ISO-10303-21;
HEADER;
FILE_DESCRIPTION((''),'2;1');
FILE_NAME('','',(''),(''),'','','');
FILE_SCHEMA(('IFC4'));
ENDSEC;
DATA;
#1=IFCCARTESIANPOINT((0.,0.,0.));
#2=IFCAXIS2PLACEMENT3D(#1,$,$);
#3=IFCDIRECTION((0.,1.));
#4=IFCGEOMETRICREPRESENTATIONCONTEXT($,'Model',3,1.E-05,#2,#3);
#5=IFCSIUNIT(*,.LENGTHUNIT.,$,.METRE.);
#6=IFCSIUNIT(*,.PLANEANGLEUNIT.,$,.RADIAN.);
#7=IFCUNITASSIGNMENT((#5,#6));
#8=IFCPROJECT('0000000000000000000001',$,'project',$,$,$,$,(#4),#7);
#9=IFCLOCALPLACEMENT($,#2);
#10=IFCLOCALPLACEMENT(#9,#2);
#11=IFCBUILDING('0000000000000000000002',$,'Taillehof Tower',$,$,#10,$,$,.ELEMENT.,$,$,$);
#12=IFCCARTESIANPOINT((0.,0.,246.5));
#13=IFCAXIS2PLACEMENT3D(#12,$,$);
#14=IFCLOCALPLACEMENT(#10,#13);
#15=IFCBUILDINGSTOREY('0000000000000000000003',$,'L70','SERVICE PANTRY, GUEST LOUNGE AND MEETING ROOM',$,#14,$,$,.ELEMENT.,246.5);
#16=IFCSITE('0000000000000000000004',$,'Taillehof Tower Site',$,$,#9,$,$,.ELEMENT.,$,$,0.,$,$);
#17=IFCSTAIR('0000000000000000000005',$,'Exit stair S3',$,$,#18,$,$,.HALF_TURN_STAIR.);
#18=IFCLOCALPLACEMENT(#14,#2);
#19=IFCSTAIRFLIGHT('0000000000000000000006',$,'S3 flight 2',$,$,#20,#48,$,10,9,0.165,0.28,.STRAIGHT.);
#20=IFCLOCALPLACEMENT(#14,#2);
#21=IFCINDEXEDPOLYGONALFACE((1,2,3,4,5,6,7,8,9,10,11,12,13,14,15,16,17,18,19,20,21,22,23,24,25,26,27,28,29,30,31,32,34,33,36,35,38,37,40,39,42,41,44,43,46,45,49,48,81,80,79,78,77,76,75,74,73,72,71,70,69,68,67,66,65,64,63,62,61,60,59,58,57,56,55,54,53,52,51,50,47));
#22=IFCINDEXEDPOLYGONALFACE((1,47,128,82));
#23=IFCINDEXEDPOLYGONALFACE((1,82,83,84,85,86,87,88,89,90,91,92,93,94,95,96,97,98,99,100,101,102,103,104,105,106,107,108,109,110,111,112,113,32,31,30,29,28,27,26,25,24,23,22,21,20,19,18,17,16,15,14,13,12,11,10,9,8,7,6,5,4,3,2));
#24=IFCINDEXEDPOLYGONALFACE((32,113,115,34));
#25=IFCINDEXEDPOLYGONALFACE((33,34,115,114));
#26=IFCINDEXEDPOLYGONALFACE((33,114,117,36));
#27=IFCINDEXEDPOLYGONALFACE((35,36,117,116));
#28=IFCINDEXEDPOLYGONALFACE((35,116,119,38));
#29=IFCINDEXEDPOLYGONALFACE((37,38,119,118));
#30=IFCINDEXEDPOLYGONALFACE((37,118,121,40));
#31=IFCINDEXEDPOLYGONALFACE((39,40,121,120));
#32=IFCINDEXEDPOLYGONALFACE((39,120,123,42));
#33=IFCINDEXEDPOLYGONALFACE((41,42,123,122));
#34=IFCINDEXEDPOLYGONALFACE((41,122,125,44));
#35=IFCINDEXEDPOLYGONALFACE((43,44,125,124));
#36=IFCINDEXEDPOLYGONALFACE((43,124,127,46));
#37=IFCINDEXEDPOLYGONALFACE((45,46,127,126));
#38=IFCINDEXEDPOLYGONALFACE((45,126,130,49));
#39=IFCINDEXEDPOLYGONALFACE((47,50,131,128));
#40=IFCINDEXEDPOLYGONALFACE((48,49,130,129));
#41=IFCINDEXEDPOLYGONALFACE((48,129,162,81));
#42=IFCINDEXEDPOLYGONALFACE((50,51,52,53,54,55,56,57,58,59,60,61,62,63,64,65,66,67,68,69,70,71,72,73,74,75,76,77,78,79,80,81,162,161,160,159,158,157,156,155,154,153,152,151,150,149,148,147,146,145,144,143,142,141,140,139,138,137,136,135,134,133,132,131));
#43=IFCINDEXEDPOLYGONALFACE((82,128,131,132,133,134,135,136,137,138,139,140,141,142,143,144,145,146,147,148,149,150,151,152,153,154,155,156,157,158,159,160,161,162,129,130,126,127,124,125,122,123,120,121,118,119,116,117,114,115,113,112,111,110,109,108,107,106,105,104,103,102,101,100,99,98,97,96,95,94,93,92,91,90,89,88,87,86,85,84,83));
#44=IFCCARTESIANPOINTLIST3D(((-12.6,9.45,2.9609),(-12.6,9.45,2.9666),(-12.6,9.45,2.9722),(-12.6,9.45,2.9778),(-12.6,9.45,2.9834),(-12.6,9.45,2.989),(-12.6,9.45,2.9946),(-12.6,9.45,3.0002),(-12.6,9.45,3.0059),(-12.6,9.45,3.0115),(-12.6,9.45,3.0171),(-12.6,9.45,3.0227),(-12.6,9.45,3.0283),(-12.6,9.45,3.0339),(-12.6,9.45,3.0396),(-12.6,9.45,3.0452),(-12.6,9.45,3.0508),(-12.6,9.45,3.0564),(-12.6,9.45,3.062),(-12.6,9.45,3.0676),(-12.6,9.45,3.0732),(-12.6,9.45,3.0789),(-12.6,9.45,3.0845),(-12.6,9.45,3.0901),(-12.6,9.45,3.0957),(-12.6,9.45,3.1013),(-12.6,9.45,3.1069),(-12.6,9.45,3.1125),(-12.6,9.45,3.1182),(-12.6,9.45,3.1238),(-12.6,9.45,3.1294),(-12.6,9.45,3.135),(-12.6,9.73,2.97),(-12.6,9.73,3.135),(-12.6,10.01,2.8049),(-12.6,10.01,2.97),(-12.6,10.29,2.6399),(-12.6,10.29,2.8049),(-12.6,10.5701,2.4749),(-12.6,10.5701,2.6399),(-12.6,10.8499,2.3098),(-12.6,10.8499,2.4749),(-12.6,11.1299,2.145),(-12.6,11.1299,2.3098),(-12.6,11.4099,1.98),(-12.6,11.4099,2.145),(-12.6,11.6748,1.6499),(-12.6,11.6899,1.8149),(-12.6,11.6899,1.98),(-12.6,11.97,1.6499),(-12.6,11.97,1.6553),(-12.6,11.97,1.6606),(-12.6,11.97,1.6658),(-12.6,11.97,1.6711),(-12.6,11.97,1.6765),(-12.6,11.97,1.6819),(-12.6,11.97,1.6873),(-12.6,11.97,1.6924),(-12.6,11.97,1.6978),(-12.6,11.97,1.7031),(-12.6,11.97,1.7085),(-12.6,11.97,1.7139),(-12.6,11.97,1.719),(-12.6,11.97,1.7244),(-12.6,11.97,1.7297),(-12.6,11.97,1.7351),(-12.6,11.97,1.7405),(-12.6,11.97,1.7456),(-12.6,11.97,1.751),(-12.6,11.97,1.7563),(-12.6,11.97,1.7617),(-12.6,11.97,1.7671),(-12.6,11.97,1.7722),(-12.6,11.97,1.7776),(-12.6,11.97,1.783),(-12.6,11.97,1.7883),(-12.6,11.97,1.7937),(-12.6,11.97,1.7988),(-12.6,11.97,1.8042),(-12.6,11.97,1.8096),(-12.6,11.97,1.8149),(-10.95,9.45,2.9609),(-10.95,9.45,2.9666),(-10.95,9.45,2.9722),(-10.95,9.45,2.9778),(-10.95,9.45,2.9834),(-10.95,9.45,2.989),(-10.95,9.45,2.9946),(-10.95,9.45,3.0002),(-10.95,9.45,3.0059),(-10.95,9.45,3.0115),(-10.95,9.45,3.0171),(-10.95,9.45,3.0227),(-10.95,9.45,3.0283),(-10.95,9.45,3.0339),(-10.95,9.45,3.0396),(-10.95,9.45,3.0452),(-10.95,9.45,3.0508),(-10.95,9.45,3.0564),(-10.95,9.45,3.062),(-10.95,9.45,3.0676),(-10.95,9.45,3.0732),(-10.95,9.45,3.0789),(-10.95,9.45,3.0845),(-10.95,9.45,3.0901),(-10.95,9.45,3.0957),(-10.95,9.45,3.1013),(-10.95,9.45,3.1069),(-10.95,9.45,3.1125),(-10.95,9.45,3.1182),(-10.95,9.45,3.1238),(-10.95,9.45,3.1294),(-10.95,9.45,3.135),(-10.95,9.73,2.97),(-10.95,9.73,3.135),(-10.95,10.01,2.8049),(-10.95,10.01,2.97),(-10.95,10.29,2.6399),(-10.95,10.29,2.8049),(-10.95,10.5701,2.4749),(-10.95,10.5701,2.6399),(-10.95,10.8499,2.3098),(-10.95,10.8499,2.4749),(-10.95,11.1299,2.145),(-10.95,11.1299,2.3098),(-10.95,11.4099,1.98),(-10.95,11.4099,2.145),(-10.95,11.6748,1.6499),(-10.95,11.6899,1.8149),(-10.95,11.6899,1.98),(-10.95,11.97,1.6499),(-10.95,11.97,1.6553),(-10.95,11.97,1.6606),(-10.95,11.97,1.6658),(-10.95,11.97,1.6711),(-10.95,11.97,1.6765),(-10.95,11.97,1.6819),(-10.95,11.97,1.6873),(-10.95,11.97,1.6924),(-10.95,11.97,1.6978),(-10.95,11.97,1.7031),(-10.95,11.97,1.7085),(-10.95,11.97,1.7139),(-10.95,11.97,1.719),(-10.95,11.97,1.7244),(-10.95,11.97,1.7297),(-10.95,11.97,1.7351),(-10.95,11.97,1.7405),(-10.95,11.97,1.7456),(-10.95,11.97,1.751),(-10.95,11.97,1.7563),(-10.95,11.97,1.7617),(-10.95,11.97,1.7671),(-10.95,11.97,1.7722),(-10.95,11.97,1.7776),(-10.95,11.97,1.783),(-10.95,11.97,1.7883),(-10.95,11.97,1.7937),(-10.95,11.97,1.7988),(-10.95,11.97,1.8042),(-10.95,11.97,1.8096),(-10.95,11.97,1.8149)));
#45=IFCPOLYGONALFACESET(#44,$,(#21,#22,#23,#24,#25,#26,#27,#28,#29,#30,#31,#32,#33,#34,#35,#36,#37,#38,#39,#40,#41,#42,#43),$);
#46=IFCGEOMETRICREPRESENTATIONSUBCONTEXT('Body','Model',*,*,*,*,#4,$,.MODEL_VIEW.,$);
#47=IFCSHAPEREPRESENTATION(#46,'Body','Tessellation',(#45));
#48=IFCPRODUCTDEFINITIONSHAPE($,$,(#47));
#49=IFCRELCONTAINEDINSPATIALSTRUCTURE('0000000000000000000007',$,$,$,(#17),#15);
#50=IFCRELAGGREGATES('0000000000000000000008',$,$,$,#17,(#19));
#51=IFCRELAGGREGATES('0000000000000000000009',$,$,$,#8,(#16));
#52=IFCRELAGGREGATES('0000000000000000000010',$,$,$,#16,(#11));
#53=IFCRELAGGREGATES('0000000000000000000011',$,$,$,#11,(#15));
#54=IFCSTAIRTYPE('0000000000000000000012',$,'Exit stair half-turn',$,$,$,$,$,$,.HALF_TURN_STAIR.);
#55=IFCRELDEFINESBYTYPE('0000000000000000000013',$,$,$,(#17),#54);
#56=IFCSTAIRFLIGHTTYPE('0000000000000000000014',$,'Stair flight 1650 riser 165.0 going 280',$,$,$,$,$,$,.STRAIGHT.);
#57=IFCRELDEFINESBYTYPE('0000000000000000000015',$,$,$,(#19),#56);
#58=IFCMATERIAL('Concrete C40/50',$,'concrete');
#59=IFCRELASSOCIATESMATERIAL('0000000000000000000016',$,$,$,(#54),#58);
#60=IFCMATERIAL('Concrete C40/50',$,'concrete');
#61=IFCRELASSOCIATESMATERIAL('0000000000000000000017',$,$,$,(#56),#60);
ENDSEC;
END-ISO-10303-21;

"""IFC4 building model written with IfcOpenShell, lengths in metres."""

from ifc_helpers import new_model, si_unit, direction, frame, origin, place, context, subcontext, project, spatial, polyline, outline, extrude, material, type_object, element, aggregate, save


model = new_model("IFC4")

# Units and contexts
model_context = context("Model", 3, precision=1e-05, world=origin(), true_north=direction((0.0, 1.0)))
body_context = subcontext(model_context, "Body", "Model", "MODEL_VIEW")
ifc_project = project(units=[si_unit("LENGTHUNIT", "METRE"), si_unit("PLANEANGLEUNIT", "RADIAN")], contexts=[model_context])

# Site, building, storey
site_placement = place(None, origin())
site = spatial("IfcSite", under=ifc_project, at=site_placement, Name="Taillehof Tower Site", CompositionType="ELEMENT", RefElevation=0.0)
building_placement = place(site_placement, origin())
building = spatial("IfcBuilding", under=site, at=building_placement, Name="Taillehof Tower", CompositionType="ELEMENT")
storey_placement = place(building_placement, frame((0.0, 0.0, 246.5)))
storey = spatial("IfcBuildingStorey", under=building, at=storey_placement, Name="L70", Description="SERVICE PANTRY, GUEST LOUNGE AND MEETING ROOM", CompositionType="ELEMENT", Elevation=246.5)

# Stair, stair flight
ifc_material_1 = material(Name="Concrete C40/50", Category="concrete")
stair_type = type_object("IfcStairType", Name="Exit stair half-turn", PredefinedType="HALF_TURN_STAIR", material=ifc_material_1)
stair_placement = place(storey_placement, origin())
stair = element("IfcStair", 1, at=stair_placement, inside=storey, type_object=stair_type, Name="Exit stair S3", PredefinedType="HALF_TURN_STAIR")
ifc_material_2 = material(Name="Concrete C40/50", Category="concrete")
stair_flight_type = type_object("IfcStairFlightType", Name="Stair flight 1650 riser 165.0 going 280", PredefinedType="STRAIGHT", material=ifc_material_2)
stair_flight_1_placement = place(storey_placement, frame((-11.7749, 11.97, 1.6499), z_axis=(0.0, 0.0, 1.0), x_axis=(0.0, -1.0, 0.0)))
stair_flight_1 = element("IfcStairFlight", 2, at=stair_flight_1_placement, type_object=stair_flight_type, Name="S3 flight 2", NumberOfRisers=10, NumberOfTreads=9, PredefinedType="STRAIGHT", RiserHeight=0.165, TreadLength=0.28, context=body_context, shape_type="SweptSolid", body=[
    extrude(outline(polyline([(0.0, 0.0), (0.0, 0.0054), (0.0, 0.0107), (0.0, 0.0159), (0.0, 0.0212), (0.0, 0.0266), (0.0, 0.032), (0.0, 0.0374), (0.0, 0.0425), (0.0, 0.0479), (0.0, 0.0532), (0.0, 0.0586), (0.0, 0.064), (0.0, 0.0691), (0.0, 0.0745), (0.0, 0.0798), (0.0, 0.0852), (0.0, 0.0906), (0.0, 0.0957), (0.0, 0.1011), (0.0, 0.1064), (0.0, 0.1118), (0.0, 0.1172), (0.0, 0.1223), (0.0, 0.1277), (0.0, 0.1331), (0.0, 0.1384), (0.0, 0.1438), (0.0, 0.1489), (0.0, 0.1543), (0.0, 0.1597), (0.0, 0.165), (0.28, 0.165), (0.28, 0.3301), (0.5601, 0.3301), (0.5601, 0.4951), (0.8401, 0.4951), (0.8401, 0.6599), (1.1201, 0.6599), (1.1201, 0.825), (1.3999, 0.825), (1.3999, 0.99), (1.6799, 0.99), (1.6799, 1.155), (1.96, 1.155), (1.96, 1.3201), (2.24, 1.3201), (2.24, 1.4851), (2.52, 1.4851), (2.52, 1.4795), (2.52, 1.4739), (2.52, 1.4683), (2.52, 1.4626), (2.52, 1.457), (2.52, 1.4514), (2.52, 1.4458), (2.52, 1.4402), (2.52, 1.4346), (2.52, 1.429), (2.52, 1.4233), (2.52, 1.4177), (2.52, 1.4121), (2.52, 1.4065), (2.52, 1.4009), (2.52, 1.3953), (2.52, 1.3896), (2.52, 1.384), (2.52, 1.3784), (2.52, 1.3728), (2.52, 1.3672), (2.52, 1.3616), (2.52, 1.356), (2.52, 1.3503), (2.52, 1.3447), (2.52, 1.3391), (2.52, 1.3335), (2.52, 1.3279), (2.52, 1.3223), (2.52, 1.3167), (2.52, 1.311), (0.2952, 0.0), (0.0, 0.0)])), frame((0.0, 0.825, 0.0), z_axis=(0.0, -1.0, 0.0), x_axis=(1.0, 0.0, 0.0)), (0.0, 0.0, 1.0), 1.65),
])
aggregate(stair, [stair_flight_1])

save(model, "model.ifc")
